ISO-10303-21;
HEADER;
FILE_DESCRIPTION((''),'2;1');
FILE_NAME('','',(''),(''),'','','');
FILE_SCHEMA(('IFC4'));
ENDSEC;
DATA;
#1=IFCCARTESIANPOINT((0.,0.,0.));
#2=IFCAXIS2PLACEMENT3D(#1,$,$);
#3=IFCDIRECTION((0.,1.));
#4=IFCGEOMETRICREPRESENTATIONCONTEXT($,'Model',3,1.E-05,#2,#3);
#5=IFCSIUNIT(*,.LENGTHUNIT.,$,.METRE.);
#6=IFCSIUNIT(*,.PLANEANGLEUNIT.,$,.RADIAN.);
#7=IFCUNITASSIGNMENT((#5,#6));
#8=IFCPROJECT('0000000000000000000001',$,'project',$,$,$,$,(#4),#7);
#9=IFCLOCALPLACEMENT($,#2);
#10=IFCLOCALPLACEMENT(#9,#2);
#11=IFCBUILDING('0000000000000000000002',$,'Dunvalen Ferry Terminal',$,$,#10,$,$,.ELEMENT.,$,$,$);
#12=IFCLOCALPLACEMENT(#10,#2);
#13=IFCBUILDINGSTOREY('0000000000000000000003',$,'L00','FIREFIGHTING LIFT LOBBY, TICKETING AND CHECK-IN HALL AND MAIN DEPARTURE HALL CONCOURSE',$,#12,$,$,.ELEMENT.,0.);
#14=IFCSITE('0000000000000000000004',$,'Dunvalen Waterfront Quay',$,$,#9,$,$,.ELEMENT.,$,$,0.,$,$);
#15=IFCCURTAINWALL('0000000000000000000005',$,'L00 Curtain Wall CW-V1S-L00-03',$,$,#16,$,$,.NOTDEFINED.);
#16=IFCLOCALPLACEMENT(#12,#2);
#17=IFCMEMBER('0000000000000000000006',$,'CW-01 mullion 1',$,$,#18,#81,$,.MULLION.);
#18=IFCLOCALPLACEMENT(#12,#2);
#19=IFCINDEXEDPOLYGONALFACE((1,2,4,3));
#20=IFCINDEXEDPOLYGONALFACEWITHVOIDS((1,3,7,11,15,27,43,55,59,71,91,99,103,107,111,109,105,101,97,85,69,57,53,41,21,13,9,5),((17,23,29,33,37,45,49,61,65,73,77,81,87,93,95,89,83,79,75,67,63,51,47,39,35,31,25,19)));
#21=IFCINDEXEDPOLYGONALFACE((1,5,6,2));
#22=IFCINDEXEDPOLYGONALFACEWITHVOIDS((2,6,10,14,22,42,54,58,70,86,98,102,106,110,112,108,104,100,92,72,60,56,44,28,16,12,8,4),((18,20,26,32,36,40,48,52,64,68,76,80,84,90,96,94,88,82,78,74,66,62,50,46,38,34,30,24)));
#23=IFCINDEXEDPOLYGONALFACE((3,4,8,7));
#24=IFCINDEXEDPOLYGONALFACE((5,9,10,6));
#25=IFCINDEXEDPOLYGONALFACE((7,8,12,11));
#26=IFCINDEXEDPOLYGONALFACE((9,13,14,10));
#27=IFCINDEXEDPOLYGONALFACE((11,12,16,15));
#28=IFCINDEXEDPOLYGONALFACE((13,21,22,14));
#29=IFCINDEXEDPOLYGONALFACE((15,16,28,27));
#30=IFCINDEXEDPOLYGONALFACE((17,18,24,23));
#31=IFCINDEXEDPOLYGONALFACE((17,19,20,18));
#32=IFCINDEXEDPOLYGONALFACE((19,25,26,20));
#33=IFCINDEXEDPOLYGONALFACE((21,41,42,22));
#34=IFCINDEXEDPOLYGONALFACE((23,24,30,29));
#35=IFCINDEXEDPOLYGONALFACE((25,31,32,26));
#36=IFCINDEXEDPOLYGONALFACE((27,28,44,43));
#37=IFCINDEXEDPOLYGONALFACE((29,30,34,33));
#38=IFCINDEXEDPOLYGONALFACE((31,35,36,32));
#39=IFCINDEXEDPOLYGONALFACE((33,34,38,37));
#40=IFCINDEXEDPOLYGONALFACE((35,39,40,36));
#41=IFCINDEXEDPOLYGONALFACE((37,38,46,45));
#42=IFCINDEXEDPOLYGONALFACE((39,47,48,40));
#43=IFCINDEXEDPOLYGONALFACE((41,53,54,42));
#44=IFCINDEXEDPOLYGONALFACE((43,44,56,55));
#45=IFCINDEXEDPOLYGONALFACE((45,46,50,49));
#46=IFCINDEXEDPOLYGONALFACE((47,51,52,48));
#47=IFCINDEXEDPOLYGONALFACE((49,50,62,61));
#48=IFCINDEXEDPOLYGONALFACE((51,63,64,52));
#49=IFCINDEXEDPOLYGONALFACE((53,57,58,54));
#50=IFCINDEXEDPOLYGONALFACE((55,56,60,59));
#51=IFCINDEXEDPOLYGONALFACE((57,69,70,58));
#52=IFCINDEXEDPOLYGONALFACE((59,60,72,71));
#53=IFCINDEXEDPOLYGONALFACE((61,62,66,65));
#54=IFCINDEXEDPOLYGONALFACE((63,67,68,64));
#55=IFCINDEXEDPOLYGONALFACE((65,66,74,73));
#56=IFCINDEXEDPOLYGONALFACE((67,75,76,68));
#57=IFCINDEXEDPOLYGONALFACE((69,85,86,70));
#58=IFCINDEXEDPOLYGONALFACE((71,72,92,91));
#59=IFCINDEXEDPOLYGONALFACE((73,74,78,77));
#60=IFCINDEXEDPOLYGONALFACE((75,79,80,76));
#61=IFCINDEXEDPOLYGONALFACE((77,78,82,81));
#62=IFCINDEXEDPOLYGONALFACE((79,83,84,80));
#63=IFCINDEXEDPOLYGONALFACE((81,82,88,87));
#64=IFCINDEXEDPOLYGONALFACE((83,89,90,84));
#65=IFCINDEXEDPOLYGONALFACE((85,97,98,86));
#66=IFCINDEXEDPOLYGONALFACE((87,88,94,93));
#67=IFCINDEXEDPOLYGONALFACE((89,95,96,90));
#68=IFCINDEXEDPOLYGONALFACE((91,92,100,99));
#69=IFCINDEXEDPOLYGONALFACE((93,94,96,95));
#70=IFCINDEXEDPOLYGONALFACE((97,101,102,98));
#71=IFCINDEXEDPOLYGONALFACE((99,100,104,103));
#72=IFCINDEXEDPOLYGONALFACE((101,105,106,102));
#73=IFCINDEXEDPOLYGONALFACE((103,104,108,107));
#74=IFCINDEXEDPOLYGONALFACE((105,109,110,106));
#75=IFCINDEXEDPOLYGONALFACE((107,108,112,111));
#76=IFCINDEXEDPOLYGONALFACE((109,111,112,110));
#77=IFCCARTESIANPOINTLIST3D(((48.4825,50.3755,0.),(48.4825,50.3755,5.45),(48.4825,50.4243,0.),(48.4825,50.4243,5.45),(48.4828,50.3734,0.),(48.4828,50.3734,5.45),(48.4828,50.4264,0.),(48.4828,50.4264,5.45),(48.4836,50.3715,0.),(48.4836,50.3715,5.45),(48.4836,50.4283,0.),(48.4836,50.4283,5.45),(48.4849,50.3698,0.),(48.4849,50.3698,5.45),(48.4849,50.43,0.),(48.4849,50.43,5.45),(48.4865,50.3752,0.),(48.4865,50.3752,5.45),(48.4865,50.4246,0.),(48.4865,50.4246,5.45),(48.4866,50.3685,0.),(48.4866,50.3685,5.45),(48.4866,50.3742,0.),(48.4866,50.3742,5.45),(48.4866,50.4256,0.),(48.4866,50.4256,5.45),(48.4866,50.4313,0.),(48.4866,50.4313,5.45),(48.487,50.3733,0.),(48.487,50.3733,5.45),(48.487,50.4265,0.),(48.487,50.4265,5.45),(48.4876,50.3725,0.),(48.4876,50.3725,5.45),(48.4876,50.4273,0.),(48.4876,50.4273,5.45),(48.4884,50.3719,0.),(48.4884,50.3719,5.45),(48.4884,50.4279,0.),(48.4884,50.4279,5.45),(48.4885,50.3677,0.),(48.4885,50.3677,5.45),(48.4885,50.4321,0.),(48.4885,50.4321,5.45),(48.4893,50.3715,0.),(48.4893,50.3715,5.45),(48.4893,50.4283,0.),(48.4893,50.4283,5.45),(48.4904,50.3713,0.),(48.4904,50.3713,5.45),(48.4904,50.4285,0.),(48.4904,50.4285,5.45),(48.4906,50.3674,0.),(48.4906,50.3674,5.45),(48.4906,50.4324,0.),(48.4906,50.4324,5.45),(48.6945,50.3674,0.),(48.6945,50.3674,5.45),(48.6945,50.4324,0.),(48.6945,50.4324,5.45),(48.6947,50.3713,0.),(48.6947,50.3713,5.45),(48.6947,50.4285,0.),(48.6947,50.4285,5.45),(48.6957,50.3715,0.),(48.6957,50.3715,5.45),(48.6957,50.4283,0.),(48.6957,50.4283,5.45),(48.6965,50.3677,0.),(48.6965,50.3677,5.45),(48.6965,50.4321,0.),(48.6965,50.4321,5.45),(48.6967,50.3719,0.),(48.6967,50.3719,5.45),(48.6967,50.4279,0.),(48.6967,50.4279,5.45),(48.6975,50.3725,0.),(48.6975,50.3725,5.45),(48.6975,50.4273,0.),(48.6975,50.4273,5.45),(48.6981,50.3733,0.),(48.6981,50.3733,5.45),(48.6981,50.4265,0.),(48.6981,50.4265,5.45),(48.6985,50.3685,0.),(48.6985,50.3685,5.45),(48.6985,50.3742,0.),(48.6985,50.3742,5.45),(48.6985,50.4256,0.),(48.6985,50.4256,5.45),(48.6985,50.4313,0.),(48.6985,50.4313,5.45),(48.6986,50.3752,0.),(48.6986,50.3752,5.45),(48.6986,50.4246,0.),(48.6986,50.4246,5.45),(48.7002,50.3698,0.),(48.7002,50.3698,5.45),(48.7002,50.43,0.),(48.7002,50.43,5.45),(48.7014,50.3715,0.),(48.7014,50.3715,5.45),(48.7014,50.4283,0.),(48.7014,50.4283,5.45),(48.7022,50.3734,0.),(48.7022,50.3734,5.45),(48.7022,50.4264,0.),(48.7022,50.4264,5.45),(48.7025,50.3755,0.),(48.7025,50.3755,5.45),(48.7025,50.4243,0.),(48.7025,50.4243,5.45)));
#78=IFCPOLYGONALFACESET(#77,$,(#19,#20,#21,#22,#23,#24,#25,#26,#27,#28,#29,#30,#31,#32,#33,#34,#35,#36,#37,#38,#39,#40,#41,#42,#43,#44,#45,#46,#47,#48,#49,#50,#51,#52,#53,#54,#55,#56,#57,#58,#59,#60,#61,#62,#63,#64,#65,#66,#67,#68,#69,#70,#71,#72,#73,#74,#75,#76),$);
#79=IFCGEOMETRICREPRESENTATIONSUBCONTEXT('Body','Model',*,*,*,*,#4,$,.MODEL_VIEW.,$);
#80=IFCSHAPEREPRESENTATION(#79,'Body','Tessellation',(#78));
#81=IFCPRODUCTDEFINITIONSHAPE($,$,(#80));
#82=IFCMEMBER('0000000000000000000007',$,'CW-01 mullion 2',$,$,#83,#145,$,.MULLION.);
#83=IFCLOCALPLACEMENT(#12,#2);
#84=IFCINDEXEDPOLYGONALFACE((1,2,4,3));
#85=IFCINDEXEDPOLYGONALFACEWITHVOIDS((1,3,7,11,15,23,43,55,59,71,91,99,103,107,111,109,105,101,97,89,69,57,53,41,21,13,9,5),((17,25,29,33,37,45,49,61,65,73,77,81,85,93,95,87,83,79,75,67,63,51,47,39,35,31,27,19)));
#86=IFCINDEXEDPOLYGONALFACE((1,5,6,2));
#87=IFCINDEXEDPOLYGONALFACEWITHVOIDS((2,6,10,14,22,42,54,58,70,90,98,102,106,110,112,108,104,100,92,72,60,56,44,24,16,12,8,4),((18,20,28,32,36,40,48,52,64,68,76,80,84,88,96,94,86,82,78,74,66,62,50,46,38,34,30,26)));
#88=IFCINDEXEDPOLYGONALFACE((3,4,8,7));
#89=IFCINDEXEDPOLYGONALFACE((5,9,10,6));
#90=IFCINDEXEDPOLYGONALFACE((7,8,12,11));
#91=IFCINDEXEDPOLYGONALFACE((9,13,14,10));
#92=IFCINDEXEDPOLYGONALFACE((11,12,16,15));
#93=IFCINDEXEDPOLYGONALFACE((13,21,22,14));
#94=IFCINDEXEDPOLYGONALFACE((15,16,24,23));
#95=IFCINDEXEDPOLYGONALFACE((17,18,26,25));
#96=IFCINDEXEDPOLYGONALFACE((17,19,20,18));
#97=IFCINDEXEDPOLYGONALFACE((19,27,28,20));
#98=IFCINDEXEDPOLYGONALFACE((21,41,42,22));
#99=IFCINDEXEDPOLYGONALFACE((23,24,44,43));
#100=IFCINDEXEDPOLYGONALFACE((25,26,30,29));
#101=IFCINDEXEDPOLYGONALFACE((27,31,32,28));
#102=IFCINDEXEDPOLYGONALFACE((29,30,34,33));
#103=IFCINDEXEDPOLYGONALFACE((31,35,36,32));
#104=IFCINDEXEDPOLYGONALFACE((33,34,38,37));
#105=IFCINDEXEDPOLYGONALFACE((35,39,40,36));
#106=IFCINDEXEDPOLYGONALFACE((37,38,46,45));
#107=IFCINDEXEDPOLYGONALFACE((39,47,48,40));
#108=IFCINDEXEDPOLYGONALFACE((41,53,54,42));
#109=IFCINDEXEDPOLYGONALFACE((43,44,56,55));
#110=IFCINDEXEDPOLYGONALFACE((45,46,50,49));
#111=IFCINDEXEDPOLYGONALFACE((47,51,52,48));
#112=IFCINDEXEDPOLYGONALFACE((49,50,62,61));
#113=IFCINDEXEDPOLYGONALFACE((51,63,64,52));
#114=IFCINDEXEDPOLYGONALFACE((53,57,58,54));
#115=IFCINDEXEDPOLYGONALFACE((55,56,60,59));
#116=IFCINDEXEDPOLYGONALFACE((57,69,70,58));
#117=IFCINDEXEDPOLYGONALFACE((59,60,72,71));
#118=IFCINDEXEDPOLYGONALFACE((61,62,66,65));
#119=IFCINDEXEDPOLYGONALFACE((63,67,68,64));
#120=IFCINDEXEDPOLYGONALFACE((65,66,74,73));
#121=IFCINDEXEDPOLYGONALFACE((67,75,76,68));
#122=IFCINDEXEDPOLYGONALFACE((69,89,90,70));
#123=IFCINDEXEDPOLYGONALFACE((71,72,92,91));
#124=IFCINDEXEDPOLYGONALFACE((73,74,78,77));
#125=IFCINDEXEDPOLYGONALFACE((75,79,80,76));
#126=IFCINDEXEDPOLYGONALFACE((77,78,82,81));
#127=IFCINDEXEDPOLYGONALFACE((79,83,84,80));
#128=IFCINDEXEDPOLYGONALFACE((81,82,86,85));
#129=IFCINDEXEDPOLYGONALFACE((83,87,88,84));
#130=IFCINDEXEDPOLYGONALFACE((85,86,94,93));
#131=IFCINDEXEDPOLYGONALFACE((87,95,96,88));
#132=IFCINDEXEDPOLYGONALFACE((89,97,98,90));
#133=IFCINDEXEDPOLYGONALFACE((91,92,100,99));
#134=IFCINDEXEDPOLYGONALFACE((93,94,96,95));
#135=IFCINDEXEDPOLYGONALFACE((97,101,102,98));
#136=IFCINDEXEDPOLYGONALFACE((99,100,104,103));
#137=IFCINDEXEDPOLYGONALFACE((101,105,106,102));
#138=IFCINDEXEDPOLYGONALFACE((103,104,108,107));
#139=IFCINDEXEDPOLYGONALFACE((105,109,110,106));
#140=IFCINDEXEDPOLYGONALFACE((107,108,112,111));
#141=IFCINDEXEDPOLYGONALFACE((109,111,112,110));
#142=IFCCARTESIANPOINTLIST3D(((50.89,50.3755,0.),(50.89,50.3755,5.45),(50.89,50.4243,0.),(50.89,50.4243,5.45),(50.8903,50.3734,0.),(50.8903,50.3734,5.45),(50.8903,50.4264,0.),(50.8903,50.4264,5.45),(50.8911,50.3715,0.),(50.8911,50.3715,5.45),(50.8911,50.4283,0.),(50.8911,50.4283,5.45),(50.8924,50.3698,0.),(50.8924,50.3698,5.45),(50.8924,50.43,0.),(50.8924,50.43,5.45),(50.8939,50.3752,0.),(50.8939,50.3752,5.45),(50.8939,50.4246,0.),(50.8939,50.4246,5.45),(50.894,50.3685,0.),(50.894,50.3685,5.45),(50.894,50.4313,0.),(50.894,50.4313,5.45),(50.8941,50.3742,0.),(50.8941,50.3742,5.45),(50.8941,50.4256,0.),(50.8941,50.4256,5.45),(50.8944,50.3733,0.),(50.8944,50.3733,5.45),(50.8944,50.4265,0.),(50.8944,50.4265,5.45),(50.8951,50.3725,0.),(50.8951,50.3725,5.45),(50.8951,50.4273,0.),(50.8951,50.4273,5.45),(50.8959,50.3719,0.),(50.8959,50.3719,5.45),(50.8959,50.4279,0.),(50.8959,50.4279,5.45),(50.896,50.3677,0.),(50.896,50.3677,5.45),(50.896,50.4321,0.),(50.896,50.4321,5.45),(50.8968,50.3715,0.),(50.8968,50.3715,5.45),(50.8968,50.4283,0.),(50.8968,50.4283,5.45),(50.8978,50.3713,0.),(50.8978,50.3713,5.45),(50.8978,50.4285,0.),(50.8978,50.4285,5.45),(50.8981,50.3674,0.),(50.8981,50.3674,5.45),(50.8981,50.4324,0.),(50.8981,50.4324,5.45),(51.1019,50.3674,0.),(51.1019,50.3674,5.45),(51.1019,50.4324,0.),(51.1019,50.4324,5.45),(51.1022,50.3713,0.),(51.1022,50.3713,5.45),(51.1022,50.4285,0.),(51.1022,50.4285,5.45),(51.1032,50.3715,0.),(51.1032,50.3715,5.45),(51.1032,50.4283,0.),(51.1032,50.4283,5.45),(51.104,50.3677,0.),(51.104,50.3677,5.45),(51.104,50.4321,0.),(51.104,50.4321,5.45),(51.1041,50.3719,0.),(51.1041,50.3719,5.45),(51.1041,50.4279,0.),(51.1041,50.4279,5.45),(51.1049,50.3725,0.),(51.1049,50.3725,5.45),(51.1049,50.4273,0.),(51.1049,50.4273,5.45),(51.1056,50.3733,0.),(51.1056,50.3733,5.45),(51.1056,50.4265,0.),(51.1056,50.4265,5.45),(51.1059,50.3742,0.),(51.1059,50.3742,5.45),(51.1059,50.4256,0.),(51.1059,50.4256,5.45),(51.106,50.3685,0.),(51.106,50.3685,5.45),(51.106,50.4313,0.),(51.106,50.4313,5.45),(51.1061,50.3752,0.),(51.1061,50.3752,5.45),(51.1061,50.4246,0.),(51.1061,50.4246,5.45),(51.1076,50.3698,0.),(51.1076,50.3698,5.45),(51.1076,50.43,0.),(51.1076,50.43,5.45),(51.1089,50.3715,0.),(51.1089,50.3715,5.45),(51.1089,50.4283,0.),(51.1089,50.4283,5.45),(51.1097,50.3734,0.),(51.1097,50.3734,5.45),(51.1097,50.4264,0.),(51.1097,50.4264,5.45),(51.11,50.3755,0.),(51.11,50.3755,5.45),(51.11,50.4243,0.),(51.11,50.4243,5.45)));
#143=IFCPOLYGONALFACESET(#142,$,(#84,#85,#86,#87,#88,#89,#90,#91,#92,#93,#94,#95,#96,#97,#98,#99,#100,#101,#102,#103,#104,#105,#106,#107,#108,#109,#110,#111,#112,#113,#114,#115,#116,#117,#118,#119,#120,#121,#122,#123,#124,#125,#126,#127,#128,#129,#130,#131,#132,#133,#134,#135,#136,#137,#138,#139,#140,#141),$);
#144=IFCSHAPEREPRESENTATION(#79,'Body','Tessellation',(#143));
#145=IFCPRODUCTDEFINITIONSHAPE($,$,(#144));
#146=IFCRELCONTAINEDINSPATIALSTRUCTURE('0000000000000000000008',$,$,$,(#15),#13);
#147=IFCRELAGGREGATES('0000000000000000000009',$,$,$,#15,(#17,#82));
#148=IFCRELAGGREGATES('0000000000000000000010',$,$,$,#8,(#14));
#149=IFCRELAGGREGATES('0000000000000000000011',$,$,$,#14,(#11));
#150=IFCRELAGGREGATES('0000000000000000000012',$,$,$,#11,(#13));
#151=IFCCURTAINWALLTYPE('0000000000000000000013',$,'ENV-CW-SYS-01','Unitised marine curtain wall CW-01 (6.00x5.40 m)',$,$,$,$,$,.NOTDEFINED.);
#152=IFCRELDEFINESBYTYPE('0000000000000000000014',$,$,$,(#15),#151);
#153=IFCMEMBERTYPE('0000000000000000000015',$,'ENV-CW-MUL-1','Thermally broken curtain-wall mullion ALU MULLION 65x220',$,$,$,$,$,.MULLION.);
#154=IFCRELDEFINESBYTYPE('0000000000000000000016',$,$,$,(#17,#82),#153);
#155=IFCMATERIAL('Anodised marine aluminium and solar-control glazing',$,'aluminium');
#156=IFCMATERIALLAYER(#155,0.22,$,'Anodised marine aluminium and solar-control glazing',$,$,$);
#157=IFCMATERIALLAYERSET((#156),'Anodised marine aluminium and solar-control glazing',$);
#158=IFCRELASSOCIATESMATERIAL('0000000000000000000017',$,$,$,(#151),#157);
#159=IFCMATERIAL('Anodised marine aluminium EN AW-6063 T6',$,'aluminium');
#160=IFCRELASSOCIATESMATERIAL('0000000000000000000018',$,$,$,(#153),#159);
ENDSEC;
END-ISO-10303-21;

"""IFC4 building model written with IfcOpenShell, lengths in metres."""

from ifc_helpers import new_model, si_unit, direction, frame, origin, origin_2d, place, context, subcontext, project, spatial, hollow_rectangle, extrude, material, layer, layer_set, material_profile, profile_set, type_object, element, aggregate, save


model = new_model("IFC4")

# Units and contexts
model_context = context("Model", 3, precision=1e-05, world=origin(), true_north=direction((0.0, 1.0)))
body_context = subcontext(model_context, "Body", "Model", "MODEL_VIEW")
ifc_project = project(units=[si_unit("LENGTHUNIT", "METRE"), si_unit("PLANEANGLEUNIT", "RADIAN")], contexts=[model_context])

# Site, building, storey
site_placement = place(None, origin())
site = spatial("IfcSite", under=ifc_project, at=site_placement, Name="Dunvalen Waterfront Quay", CompositionType="ELEMENT", RefElevation=0.0)
building_placement = place(site_placement, origin())
building = spatial("IfcBuilding", under=site, at=building_placement, Name="Dunvalen Ferry Terminal", CompositionType="ELEMENT")
storey_placement = place(building_placement, origin())
storey = spatial("IfcBuildingStorey", under=building, at=storey_placement, Name="L00", Description="FIREFIGHTING LIFT LOBBY, TICKETING AND CHECK-IN HALL AND MAIN DEPARTURE HALL CONCOURSE", CompositionType="ELEMENT", Elevation=0.0)

# Shared definitions
ifc_material_1 = material(Name="Anodised marine aluminium and solar-control glazing", Category="aluminium")
ifc_layer_1 = layer(ifc_material_1, 0.22, Name="Anodised marine aluminium and solar-control glazing")
ifc_layer_set_1 = layer_set([ifc_layer_1], Name="Anodised marine aluminium and solar-control glazing")
curtain_wall_type = type_object("IfcCurtainWallType", Name="ENV-CW-SYS-01", Description="Unitised marine curtain wall CW-01 (6.00x5.40 m)", PredefinedType="NOTDEFINED", material=ifc_layer_set_1)
ifc_material_2 = material(Name="Anodised marine aluminium EN AW-6063 T6", Category="aluminium")
ifc_material_profile_1 = material_profile(ifc_material_2, hollow_rectangle(XDim=0.0649, YDim=0.22, WallThickness=0.0039, InnerFilletRadius=0.0039, OuterFilletRadius=0.0081, at=origin_2d()), Name="Anodised marine aluminium EN AW-6063 T6")
ifc_profile_set_1 = profile_set([ifc_material_profile_1], Name="Anodised marine aluminium EN AW-6063 T6")
member_type_1 = type_object("IfcMemberType", Name="ENV-CW-MUL-1", Description="Thermally broken curtain-wall mullion ALU MULLION 65x220", PredefinedType="MULLION", material=ifc_profile_set_1)

# Curtain wall, members
curtain_wall_1_placement = place(storey_placement, origin())
curtain_wall_1 = element("IfcCurtainWall", 1, at=curtain_wall_1_placement, inside=storey, type_object=curtain_wall_type, Name="L00 Curtain Wall CW-V1S-L00-03", PredefinedType="NOTDEFINED")
member_1_placement = place(storey_placement, frame((48.5925, 50.3999, 0.0), z_axis=(0.0, 0.0, 1.0), x_axis=(0.0, 1.0, 0.0)))
member_1 = element("IfcMember", 2, at=member_1_placement, type_object=member_type_1, Name="CW-01 mullion 1", PredefinedType="MULLION", context=body_context, shape_type="SweptSolid", body=[
    extrude(hollow_rectangle(XDim=0.0649, YDim=0.22, WallThickness=0.0039, InnerFilletRadius=0.0039, OuterFilletRadius=0.0081, at=origin_2d()), origin(), (0.0, 0.0, 1.0), 5.45),
])
member_2_placement = place(storey_placement, frame((51.0, 50.3999, 0.0), z_axis=(0.0, 0.0, 1.0), x_axis=(0.0, 1.0, 0.0)))
member_2 = element("IfcMember", 3, at=member_2_placement, type_object=member_type_1, Name="CW-01 mullion 2", PredefinedType="MULLION", context=body_context, shape_type="SweptSolid", body=[
    extrude(hollow_rectangle(XDim=0.0649, YDim=0.22, WallThickness=0.0039, InnerFilletRadius=0.0039, OuterFilletRadius=0.0081, at=origin_2d()), origin(), (0.0, 0.0, 1.0), 5.45),
])
aggregate(curtain_wall_1, [member_1, member_2])

save(model, "model.ifc")
